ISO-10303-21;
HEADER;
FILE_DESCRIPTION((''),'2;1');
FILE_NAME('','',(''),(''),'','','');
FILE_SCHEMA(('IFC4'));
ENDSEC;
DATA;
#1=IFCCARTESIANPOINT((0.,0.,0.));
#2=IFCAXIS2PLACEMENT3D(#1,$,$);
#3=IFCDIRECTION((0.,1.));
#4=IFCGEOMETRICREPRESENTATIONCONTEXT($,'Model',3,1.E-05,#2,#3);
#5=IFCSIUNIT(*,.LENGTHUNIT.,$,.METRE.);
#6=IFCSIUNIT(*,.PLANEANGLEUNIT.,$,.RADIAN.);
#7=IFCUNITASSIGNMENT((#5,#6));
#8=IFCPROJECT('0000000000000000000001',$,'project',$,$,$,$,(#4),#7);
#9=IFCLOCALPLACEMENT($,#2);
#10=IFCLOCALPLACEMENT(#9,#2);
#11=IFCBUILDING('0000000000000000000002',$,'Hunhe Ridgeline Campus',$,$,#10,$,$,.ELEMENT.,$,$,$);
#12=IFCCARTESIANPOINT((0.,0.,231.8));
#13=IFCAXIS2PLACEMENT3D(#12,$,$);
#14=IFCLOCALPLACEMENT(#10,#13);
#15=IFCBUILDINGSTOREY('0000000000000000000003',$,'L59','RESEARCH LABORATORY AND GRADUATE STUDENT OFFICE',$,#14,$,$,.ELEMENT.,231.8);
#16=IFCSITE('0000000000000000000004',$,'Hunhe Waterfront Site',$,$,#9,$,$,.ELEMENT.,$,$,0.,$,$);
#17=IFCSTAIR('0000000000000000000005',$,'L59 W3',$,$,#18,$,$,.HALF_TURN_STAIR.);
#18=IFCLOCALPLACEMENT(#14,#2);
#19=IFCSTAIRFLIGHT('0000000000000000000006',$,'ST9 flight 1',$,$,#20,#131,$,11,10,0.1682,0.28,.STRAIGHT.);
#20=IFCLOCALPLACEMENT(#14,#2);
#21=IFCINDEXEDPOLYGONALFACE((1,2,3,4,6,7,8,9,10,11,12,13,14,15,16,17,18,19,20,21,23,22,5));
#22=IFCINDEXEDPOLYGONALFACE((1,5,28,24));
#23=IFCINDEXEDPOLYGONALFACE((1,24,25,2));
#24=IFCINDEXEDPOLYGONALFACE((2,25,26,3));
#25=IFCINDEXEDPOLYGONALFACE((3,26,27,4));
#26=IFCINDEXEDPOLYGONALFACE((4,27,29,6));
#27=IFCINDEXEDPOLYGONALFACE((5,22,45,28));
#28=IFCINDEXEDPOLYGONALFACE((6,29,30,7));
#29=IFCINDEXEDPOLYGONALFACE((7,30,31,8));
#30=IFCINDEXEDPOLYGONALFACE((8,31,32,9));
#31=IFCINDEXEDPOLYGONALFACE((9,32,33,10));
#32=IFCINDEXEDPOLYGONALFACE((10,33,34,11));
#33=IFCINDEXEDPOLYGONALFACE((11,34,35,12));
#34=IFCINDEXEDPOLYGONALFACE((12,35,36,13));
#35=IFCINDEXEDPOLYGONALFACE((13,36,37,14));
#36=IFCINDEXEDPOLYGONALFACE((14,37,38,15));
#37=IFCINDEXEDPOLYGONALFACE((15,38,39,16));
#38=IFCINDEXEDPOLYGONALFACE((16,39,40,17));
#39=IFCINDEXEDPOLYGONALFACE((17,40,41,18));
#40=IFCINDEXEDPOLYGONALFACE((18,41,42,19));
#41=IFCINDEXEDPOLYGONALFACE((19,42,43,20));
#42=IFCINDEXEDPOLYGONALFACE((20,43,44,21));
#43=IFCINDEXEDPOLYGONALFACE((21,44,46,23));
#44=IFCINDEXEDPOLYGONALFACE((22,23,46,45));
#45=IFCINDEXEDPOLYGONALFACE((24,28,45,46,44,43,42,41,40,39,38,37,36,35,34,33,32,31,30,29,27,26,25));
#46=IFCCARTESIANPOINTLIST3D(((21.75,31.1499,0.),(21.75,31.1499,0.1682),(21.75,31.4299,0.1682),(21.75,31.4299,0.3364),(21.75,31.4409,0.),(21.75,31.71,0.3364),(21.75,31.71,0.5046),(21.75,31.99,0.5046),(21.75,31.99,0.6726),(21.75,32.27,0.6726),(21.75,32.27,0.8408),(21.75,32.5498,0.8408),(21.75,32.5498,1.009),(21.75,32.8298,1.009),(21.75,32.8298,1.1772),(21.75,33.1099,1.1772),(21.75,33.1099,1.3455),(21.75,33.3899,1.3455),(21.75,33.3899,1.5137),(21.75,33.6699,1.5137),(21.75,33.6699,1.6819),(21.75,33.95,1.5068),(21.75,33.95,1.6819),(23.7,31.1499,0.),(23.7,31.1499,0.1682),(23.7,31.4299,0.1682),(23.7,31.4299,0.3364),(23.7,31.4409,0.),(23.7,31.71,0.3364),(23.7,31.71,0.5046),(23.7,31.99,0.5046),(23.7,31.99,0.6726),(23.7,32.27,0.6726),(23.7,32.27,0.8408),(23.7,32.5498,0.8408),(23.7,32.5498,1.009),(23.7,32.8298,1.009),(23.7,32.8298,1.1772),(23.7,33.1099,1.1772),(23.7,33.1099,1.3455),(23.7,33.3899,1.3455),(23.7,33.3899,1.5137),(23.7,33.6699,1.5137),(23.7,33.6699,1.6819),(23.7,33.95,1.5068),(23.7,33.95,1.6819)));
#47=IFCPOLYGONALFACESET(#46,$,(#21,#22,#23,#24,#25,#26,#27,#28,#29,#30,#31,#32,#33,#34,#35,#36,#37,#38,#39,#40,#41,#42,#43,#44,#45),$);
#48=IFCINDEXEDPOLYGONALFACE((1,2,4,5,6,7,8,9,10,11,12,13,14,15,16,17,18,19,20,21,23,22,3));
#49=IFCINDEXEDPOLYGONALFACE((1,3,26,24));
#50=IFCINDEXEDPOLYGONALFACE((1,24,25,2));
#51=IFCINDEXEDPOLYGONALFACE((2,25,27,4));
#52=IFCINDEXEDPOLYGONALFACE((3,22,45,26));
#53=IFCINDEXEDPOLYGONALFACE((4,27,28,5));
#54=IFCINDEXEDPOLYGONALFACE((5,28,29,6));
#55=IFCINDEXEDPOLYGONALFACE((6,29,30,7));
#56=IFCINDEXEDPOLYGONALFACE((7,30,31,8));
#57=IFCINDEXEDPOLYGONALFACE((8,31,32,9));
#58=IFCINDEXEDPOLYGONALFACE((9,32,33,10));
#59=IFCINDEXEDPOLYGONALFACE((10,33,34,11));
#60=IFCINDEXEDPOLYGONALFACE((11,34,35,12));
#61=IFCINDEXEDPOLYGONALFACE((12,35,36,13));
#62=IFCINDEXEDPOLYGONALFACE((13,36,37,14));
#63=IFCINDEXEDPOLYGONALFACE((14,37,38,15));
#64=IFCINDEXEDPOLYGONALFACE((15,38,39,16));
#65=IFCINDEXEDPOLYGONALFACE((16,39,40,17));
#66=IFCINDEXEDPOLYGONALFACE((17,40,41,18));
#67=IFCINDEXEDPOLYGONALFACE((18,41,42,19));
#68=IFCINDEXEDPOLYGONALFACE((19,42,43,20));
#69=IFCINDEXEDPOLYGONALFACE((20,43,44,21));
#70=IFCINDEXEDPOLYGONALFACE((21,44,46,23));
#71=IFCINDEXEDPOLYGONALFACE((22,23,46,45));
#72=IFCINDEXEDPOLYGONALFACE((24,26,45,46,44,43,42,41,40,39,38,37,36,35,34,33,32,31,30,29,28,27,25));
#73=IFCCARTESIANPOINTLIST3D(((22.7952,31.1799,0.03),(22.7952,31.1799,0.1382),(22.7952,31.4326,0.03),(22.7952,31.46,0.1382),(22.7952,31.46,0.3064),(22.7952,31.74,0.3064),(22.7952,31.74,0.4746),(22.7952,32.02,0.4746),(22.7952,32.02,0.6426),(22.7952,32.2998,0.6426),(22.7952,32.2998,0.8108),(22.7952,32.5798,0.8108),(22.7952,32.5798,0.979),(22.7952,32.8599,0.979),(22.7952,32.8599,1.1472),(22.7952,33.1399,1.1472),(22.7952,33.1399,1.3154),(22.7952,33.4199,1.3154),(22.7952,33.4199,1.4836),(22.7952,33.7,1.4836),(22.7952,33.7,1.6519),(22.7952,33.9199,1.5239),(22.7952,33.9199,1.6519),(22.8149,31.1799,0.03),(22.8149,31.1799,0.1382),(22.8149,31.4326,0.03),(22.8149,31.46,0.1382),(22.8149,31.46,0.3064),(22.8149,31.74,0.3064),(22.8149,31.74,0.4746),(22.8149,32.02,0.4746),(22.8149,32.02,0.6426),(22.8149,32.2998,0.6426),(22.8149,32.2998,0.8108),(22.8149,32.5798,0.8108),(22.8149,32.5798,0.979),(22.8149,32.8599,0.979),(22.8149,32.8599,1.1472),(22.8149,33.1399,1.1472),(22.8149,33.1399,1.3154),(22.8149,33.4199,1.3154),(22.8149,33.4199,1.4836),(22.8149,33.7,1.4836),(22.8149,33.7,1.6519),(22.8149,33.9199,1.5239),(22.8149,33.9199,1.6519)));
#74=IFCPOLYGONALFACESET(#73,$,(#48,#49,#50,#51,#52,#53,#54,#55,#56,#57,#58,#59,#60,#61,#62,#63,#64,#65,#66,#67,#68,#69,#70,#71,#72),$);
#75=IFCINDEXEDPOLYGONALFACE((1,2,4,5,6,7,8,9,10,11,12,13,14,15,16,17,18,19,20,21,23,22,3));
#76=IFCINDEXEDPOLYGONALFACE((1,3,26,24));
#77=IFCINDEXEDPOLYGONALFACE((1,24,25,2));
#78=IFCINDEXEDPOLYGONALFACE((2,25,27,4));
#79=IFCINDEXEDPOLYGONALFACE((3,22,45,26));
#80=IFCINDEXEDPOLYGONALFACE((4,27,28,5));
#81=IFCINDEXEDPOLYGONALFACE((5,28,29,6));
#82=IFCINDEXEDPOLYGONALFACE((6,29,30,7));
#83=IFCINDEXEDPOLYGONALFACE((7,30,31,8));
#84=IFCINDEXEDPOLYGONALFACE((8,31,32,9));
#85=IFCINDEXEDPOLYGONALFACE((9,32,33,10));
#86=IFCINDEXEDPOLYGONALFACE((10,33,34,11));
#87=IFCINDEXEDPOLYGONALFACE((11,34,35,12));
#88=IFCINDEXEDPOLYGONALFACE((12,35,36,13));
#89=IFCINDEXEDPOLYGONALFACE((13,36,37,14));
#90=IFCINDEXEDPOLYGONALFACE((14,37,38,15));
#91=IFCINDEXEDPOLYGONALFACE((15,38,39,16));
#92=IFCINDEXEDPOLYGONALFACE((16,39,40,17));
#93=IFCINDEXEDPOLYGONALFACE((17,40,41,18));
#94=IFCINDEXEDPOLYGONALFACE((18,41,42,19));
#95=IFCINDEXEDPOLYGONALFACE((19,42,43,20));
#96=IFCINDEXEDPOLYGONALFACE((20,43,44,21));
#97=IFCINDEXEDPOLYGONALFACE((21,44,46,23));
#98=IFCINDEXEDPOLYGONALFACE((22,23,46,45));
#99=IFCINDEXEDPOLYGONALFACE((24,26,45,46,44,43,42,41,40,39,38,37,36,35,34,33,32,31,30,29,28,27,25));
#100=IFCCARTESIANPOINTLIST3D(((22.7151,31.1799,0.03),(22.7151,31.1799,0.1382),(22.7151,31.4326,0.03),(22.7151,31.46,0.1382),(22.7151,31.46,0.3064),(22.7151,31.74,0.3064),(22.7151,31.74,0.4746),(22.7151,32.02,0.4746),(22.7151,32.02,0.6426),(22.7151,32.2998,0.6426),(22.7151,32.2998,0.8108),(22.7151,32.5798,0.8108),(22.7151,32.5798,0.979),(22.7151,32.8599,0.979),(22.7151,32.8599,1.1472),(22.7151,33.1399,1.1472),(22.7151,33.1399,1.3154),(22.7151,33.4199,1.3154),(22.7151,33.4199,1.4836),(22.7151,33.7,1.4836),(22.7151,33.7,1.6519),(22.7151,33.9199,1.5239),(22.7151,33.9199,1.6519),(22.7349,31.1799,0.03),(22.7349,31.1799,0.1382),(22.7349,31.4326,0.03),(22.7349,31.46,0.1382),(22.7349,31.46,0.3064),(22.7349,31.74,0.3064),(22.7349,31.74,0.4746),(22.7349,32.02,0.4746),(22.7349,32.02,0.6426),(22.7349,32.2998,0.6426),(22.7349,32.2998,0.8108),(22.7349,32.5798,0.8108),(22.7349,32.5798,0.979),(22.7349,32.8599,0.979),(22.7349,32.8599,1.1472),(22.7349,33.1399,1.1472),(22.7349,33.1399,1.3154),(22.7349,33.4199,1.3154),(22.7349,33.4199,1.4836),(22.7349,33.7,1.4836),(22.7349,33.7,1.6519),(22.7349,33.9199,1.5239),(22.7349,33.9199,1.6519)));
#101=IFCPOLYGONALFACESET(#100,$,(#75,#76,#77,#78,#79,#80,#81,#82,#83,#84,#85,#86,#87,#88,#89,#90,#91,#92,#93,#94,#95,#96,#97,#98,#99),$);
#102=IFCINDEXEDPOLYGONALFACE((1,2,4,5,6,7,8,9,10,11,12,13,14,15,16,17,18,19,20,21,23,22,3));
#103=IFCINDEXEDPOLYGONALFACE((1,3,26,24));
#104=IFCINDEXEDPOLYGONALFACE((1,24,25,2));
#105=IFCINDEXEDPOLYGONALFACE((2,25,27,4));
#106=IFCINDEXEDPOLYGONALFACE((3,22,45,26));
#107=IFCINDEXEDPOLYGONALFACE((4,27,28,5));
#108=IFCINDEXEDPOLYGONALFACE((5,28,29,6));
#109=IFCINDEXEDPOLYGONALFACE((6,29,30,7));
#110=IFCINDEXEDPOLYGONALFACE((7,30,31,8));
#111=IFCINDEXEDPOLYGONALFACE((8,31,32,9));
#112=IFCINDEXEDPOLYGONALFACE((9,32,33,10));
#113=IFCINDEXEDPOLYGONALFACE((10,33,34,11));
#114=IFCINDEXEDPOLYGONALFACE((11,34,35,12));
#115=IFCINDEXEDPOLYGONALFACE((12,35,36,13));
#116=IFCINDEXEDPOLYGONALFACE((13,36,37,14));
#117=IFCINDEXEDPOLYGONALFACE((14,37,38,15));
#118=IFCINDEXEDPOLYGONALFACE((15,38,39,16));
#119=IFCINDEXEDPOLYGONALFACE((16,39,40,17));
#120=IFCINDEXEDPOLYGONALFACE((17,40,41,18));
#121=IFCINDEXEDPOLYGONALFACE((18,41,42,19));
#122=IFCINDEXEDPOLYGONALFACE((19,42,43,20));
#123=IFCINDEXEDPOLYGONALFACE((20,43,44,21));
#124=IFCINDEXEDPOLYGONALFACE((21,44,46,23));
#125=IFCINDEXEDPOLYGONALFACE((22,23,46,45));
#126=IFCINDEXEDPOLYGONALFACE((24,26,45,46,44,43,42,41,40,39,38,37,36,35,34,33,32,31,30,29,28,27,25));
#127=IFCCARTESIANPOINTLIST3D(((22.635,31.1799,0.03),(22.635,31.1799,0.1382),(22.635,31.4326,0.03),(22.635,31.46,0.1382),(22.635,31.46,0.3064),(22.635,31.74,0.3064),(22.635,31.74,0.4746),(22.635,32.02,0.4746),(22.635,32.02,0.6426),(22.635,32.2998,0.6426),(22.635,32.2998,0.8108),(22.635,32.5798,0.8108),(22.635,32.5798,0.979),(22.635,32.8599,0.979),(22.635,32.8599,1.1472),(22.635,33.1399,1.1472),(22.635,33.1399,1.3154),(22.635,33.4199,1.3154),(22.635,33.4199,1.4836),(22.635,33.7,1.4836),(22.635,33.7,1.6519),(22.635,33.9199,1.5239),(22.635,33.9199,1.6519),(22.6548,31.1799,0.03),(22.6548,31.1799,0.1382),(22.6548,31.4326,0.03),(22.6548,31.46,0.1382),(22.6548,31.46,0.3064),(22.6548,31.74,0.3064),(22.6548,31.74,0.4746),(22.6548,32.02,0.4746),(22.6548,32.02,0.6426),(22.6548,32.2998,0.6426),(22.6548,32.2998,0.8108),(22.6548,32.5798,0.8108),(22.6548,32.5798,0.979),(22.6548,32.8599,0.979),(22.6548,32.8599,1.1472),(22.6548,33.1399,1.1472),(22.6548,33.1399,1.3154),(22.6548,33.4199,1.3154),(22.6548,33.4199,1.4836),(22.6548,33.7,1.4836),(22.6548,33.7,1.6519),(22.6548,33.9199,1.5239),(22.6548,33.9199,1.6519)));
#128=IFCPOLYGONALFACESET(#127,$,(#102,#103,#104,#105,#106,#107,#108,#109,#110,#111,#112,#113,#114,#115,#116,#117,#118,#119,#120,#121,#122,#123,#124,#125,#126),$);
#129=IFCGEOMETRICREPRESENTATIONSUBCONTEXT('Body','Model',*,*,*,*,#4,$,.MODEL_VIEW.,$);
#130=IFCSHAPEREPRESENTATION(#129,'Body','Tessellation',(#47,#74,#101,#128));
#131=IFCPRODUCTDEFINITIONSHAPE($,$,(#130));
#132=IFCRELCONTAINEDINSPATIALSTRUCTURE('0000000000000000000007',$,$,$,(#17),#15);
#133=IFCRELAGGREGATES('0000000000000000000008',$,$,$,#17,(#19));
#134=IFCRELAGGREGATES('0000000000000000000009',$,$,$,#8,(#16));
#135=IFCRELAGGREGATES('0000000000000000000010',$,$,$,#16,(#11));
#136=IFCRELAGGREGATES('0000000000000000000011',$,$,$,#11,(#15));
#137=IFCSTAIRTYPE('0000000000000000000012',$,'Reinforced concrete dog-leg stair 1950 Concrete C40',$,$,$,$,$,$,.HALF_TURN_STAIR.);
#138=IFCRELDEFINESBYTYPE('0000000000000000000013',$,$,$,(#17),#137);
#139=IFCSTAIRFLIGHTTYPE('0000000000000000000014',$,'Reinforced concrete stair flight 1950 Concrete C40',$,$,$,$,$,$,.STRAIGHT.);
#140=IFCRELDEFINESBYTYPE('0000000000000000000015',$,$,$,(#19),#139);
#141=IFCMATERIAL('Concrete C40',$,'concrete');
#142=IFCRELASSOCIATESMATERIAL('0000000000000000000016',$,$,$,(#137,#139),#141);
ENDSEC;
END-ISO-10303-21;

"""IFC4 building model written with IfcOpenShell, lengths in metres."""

from ifc_helpers import new_model, si_unit, direction, frame, origin, place, context, subcontext, project, spatial, polyline, outline, extrude, material, type_object, element, aggregate, save


model = new_model("IFC4")

# Units and contexts
model_context = context("Model", 3, precision=1e-05, world=origin(), true_north=direction((0.0, 1.0)))
body_context = subcontext(model_context, "Body", "Model", "MODEL_VIEW")
ifc_project = project(units=[si_unit("LENGTHUNIT", "METRE"), si_unit("PLANEANGLEUNIT", "RADIAN")], contexts=[model_context])

# Site, building, storey
site_placement = place(None, origin())
site = spatial("IfcSite", under=ifc_project, at=site_placement, Name="Hunhe Waterfront Site", CompositionType="ELEMENT", RefElevation=0.0)
building_placement = place(site_placement, origin())
building = spatial("IfcBuilding", under=site, at=building_placement, Name="Hunhe Ridgeline Campus", CompositionType="ELEMENT")
storey_placement = place(building_placement, frame((0.0, 0.0, 231.8)))
storey = spatial("IfcBuildingStorey", under=building, at=storey_placement, Name="L59", Description="RESEARCH LABORATORY AND GRADUATE STUDENT OFFICE", CompositionType="ELEMENT", Elevation=231.8)

# Stair, stair flight
ifc_material_1 = material(Name="Concrete C40", Category="concrete")
stair_type = type_object("IfcStairType", Name="Reinforced concrete dog-leg stair 1950 Concrete C40", PredefinedType="HALF_TURN_STAIR", material=ifc_material_1)
stair_placement = place(storey_placement, origin())
stair = element("IfcStair", 1, at=stair_placement, inside=storey, type_object=stair_type, Name="L59 W3", PredefinedType="HALF_TURN_STAIR")
stair_flight_type = type_object("IfcStairFlightType", Name="Reinforced concrete stair flight 1950 Concrete C40", PredefinedType="STRAIGHT", material=ifc_material_1)
stair_flight_1_placement = place(storey_placement, frame((22.7251, 31.1499, 0.0), z_axis=(0.0, 0.0, 1.0), x_axis=(0.0, 1.0, 0.0)))
stair_flight_1 = element("IfcStairFlight", 2, at=stair_flight_1_placement, type_object=stair_flight_type, Name="ST9 flight 1", NumberOfRisers=11, NumberOfTreads=10, PredefinedType="STRAIGHT", RiserHeight=0.1682, TreadLength=0.28, context=body_context, shape_type="SweptSolid", body=[
    extrude(outline(polyline([(0.0, 0.0), (0.0, 0.1682), (0.28, 0.1682), (0.28, 0.3364), (0.5601, 0.3364), (0.5601, 0.5046), (0.8401, 0.5046), (0.8401, 0.6726), (1.1201, 0.6726), (1.1201, 0.8408), (1.3999, 0.8408), (1.3999, 1.009), (1.6799, 1.009), (1.6799, 1.1772), (1.96, 1.1772), (1.96, 1.3455), (2.24, 1.3455), (2.24, 1.5137), (2.52, 1.5137), (2.52, 1.6819), (2.8, 1.6819), (2.8, 1.8501), (2.8, 1.5068), (0.291, 0.0), (0.0, 0.0)])), frame((0.0, 0.9751, 0.0), z_axis=(0.0, -1.0, 0.0), x_axis=(1.0, 0.0, 0.0)), (0.0, 0.0, 1.0), 1.95),
    extrude(outline(polyline([(0.03, 0.03), (0.03, 0.1382), (0.3101, 0.1382), (0.3101, 0.3064), (0.5901, 0.3064), (0.5901, 0.4746), (0.8701, 0.4746), (0.8701, 0.6426), (1.1499, 0.6426), (1.1499, 0.8108), (1.4299, 0.8108), (1.4299, 0.979), (1.71, 0.979), (1.71, 1.1472), (1.99, 1.1472), (1.99, 1.3154), (2.27, 1.3154), (2.27, 1.4836), (2.55, 1.4836), (2.55, 1.6519), (2.77, 1.6519), (2.77, 1.5239), (0.2827, 0.03), (0.03, 0.03)])), frame((0.0, -0.0701, 0.0), z_axis=(0.0, -1.0, 0.0), x_axis=(1.0, 0.0, 0.0)), (0.0, 0.0, 1.0), 0.0198),
    extrude(outline(polyline([(0.03, 0.03), (0.03, 0.1382), (0.3101, 0.1382), (0.3101, 0.3064), (0.5901, 0.3064), (0.5901, 0.4746), (0.8701, 0.4746), (0.8701, 0.6426), (1.1499, 0.6426), (1.1499, 0.8108), (1.4299, 0.8108), (1.4299, 0.979), (1.71, 0.979), (1.71, 1.1472), (1.99, 1.1472), (1.99, 1.3154), (2.27, 1.3154), (2.27, 1.4836), (2.55, 1.4836), (2.55, 1.6519), (2.77, 1.6519), (2.77, 1.5239), (0.2827, 0.03), (0.03, 0.03)])), frame((0.0, 0.01, 0.0), z_axis=(0.0, -1.0, 0.0), x_axis=(1.0, 0.0, 0.0)), (0.0, 0.0, 1.0), 0.0198),
    extrude(outline(polyline([(0.03, 0.03), (0.03, 0.1382), (0.3101, 0.1382), (0.3101, 0.3064), (0.5901, 0.3064), (0.5901, 0.4746), (0.8701, 0.4746), (0.8701, 0.6426), (1.1499, 0.6426), (1.1499, 0.8108), (1.4299, 0.8108), (1.4299, 0.979), (1.71, 0.979), (1.71, 1.1472), (1.99, 1.1472), (1.99, 1.3154), (2.27, 1.3154), (2.27, 1.4836), (2.55, 1.4836), (2.55, 1.6519), (2.77, 1.6519), (2.77, 1.5239), (0.2827, 0.03), (0.03, 0.03)])), frame((0.0, 0.0901, 0.0), z_axis=(0.0, -1.0, 0.0), x_axis=(1.0, 0.0, 0.0)), (0.0, 0.0, 1.0), 0.0198),
])
aggregate(stair, [stair_flight_1])

save(model, "model.ifc")
